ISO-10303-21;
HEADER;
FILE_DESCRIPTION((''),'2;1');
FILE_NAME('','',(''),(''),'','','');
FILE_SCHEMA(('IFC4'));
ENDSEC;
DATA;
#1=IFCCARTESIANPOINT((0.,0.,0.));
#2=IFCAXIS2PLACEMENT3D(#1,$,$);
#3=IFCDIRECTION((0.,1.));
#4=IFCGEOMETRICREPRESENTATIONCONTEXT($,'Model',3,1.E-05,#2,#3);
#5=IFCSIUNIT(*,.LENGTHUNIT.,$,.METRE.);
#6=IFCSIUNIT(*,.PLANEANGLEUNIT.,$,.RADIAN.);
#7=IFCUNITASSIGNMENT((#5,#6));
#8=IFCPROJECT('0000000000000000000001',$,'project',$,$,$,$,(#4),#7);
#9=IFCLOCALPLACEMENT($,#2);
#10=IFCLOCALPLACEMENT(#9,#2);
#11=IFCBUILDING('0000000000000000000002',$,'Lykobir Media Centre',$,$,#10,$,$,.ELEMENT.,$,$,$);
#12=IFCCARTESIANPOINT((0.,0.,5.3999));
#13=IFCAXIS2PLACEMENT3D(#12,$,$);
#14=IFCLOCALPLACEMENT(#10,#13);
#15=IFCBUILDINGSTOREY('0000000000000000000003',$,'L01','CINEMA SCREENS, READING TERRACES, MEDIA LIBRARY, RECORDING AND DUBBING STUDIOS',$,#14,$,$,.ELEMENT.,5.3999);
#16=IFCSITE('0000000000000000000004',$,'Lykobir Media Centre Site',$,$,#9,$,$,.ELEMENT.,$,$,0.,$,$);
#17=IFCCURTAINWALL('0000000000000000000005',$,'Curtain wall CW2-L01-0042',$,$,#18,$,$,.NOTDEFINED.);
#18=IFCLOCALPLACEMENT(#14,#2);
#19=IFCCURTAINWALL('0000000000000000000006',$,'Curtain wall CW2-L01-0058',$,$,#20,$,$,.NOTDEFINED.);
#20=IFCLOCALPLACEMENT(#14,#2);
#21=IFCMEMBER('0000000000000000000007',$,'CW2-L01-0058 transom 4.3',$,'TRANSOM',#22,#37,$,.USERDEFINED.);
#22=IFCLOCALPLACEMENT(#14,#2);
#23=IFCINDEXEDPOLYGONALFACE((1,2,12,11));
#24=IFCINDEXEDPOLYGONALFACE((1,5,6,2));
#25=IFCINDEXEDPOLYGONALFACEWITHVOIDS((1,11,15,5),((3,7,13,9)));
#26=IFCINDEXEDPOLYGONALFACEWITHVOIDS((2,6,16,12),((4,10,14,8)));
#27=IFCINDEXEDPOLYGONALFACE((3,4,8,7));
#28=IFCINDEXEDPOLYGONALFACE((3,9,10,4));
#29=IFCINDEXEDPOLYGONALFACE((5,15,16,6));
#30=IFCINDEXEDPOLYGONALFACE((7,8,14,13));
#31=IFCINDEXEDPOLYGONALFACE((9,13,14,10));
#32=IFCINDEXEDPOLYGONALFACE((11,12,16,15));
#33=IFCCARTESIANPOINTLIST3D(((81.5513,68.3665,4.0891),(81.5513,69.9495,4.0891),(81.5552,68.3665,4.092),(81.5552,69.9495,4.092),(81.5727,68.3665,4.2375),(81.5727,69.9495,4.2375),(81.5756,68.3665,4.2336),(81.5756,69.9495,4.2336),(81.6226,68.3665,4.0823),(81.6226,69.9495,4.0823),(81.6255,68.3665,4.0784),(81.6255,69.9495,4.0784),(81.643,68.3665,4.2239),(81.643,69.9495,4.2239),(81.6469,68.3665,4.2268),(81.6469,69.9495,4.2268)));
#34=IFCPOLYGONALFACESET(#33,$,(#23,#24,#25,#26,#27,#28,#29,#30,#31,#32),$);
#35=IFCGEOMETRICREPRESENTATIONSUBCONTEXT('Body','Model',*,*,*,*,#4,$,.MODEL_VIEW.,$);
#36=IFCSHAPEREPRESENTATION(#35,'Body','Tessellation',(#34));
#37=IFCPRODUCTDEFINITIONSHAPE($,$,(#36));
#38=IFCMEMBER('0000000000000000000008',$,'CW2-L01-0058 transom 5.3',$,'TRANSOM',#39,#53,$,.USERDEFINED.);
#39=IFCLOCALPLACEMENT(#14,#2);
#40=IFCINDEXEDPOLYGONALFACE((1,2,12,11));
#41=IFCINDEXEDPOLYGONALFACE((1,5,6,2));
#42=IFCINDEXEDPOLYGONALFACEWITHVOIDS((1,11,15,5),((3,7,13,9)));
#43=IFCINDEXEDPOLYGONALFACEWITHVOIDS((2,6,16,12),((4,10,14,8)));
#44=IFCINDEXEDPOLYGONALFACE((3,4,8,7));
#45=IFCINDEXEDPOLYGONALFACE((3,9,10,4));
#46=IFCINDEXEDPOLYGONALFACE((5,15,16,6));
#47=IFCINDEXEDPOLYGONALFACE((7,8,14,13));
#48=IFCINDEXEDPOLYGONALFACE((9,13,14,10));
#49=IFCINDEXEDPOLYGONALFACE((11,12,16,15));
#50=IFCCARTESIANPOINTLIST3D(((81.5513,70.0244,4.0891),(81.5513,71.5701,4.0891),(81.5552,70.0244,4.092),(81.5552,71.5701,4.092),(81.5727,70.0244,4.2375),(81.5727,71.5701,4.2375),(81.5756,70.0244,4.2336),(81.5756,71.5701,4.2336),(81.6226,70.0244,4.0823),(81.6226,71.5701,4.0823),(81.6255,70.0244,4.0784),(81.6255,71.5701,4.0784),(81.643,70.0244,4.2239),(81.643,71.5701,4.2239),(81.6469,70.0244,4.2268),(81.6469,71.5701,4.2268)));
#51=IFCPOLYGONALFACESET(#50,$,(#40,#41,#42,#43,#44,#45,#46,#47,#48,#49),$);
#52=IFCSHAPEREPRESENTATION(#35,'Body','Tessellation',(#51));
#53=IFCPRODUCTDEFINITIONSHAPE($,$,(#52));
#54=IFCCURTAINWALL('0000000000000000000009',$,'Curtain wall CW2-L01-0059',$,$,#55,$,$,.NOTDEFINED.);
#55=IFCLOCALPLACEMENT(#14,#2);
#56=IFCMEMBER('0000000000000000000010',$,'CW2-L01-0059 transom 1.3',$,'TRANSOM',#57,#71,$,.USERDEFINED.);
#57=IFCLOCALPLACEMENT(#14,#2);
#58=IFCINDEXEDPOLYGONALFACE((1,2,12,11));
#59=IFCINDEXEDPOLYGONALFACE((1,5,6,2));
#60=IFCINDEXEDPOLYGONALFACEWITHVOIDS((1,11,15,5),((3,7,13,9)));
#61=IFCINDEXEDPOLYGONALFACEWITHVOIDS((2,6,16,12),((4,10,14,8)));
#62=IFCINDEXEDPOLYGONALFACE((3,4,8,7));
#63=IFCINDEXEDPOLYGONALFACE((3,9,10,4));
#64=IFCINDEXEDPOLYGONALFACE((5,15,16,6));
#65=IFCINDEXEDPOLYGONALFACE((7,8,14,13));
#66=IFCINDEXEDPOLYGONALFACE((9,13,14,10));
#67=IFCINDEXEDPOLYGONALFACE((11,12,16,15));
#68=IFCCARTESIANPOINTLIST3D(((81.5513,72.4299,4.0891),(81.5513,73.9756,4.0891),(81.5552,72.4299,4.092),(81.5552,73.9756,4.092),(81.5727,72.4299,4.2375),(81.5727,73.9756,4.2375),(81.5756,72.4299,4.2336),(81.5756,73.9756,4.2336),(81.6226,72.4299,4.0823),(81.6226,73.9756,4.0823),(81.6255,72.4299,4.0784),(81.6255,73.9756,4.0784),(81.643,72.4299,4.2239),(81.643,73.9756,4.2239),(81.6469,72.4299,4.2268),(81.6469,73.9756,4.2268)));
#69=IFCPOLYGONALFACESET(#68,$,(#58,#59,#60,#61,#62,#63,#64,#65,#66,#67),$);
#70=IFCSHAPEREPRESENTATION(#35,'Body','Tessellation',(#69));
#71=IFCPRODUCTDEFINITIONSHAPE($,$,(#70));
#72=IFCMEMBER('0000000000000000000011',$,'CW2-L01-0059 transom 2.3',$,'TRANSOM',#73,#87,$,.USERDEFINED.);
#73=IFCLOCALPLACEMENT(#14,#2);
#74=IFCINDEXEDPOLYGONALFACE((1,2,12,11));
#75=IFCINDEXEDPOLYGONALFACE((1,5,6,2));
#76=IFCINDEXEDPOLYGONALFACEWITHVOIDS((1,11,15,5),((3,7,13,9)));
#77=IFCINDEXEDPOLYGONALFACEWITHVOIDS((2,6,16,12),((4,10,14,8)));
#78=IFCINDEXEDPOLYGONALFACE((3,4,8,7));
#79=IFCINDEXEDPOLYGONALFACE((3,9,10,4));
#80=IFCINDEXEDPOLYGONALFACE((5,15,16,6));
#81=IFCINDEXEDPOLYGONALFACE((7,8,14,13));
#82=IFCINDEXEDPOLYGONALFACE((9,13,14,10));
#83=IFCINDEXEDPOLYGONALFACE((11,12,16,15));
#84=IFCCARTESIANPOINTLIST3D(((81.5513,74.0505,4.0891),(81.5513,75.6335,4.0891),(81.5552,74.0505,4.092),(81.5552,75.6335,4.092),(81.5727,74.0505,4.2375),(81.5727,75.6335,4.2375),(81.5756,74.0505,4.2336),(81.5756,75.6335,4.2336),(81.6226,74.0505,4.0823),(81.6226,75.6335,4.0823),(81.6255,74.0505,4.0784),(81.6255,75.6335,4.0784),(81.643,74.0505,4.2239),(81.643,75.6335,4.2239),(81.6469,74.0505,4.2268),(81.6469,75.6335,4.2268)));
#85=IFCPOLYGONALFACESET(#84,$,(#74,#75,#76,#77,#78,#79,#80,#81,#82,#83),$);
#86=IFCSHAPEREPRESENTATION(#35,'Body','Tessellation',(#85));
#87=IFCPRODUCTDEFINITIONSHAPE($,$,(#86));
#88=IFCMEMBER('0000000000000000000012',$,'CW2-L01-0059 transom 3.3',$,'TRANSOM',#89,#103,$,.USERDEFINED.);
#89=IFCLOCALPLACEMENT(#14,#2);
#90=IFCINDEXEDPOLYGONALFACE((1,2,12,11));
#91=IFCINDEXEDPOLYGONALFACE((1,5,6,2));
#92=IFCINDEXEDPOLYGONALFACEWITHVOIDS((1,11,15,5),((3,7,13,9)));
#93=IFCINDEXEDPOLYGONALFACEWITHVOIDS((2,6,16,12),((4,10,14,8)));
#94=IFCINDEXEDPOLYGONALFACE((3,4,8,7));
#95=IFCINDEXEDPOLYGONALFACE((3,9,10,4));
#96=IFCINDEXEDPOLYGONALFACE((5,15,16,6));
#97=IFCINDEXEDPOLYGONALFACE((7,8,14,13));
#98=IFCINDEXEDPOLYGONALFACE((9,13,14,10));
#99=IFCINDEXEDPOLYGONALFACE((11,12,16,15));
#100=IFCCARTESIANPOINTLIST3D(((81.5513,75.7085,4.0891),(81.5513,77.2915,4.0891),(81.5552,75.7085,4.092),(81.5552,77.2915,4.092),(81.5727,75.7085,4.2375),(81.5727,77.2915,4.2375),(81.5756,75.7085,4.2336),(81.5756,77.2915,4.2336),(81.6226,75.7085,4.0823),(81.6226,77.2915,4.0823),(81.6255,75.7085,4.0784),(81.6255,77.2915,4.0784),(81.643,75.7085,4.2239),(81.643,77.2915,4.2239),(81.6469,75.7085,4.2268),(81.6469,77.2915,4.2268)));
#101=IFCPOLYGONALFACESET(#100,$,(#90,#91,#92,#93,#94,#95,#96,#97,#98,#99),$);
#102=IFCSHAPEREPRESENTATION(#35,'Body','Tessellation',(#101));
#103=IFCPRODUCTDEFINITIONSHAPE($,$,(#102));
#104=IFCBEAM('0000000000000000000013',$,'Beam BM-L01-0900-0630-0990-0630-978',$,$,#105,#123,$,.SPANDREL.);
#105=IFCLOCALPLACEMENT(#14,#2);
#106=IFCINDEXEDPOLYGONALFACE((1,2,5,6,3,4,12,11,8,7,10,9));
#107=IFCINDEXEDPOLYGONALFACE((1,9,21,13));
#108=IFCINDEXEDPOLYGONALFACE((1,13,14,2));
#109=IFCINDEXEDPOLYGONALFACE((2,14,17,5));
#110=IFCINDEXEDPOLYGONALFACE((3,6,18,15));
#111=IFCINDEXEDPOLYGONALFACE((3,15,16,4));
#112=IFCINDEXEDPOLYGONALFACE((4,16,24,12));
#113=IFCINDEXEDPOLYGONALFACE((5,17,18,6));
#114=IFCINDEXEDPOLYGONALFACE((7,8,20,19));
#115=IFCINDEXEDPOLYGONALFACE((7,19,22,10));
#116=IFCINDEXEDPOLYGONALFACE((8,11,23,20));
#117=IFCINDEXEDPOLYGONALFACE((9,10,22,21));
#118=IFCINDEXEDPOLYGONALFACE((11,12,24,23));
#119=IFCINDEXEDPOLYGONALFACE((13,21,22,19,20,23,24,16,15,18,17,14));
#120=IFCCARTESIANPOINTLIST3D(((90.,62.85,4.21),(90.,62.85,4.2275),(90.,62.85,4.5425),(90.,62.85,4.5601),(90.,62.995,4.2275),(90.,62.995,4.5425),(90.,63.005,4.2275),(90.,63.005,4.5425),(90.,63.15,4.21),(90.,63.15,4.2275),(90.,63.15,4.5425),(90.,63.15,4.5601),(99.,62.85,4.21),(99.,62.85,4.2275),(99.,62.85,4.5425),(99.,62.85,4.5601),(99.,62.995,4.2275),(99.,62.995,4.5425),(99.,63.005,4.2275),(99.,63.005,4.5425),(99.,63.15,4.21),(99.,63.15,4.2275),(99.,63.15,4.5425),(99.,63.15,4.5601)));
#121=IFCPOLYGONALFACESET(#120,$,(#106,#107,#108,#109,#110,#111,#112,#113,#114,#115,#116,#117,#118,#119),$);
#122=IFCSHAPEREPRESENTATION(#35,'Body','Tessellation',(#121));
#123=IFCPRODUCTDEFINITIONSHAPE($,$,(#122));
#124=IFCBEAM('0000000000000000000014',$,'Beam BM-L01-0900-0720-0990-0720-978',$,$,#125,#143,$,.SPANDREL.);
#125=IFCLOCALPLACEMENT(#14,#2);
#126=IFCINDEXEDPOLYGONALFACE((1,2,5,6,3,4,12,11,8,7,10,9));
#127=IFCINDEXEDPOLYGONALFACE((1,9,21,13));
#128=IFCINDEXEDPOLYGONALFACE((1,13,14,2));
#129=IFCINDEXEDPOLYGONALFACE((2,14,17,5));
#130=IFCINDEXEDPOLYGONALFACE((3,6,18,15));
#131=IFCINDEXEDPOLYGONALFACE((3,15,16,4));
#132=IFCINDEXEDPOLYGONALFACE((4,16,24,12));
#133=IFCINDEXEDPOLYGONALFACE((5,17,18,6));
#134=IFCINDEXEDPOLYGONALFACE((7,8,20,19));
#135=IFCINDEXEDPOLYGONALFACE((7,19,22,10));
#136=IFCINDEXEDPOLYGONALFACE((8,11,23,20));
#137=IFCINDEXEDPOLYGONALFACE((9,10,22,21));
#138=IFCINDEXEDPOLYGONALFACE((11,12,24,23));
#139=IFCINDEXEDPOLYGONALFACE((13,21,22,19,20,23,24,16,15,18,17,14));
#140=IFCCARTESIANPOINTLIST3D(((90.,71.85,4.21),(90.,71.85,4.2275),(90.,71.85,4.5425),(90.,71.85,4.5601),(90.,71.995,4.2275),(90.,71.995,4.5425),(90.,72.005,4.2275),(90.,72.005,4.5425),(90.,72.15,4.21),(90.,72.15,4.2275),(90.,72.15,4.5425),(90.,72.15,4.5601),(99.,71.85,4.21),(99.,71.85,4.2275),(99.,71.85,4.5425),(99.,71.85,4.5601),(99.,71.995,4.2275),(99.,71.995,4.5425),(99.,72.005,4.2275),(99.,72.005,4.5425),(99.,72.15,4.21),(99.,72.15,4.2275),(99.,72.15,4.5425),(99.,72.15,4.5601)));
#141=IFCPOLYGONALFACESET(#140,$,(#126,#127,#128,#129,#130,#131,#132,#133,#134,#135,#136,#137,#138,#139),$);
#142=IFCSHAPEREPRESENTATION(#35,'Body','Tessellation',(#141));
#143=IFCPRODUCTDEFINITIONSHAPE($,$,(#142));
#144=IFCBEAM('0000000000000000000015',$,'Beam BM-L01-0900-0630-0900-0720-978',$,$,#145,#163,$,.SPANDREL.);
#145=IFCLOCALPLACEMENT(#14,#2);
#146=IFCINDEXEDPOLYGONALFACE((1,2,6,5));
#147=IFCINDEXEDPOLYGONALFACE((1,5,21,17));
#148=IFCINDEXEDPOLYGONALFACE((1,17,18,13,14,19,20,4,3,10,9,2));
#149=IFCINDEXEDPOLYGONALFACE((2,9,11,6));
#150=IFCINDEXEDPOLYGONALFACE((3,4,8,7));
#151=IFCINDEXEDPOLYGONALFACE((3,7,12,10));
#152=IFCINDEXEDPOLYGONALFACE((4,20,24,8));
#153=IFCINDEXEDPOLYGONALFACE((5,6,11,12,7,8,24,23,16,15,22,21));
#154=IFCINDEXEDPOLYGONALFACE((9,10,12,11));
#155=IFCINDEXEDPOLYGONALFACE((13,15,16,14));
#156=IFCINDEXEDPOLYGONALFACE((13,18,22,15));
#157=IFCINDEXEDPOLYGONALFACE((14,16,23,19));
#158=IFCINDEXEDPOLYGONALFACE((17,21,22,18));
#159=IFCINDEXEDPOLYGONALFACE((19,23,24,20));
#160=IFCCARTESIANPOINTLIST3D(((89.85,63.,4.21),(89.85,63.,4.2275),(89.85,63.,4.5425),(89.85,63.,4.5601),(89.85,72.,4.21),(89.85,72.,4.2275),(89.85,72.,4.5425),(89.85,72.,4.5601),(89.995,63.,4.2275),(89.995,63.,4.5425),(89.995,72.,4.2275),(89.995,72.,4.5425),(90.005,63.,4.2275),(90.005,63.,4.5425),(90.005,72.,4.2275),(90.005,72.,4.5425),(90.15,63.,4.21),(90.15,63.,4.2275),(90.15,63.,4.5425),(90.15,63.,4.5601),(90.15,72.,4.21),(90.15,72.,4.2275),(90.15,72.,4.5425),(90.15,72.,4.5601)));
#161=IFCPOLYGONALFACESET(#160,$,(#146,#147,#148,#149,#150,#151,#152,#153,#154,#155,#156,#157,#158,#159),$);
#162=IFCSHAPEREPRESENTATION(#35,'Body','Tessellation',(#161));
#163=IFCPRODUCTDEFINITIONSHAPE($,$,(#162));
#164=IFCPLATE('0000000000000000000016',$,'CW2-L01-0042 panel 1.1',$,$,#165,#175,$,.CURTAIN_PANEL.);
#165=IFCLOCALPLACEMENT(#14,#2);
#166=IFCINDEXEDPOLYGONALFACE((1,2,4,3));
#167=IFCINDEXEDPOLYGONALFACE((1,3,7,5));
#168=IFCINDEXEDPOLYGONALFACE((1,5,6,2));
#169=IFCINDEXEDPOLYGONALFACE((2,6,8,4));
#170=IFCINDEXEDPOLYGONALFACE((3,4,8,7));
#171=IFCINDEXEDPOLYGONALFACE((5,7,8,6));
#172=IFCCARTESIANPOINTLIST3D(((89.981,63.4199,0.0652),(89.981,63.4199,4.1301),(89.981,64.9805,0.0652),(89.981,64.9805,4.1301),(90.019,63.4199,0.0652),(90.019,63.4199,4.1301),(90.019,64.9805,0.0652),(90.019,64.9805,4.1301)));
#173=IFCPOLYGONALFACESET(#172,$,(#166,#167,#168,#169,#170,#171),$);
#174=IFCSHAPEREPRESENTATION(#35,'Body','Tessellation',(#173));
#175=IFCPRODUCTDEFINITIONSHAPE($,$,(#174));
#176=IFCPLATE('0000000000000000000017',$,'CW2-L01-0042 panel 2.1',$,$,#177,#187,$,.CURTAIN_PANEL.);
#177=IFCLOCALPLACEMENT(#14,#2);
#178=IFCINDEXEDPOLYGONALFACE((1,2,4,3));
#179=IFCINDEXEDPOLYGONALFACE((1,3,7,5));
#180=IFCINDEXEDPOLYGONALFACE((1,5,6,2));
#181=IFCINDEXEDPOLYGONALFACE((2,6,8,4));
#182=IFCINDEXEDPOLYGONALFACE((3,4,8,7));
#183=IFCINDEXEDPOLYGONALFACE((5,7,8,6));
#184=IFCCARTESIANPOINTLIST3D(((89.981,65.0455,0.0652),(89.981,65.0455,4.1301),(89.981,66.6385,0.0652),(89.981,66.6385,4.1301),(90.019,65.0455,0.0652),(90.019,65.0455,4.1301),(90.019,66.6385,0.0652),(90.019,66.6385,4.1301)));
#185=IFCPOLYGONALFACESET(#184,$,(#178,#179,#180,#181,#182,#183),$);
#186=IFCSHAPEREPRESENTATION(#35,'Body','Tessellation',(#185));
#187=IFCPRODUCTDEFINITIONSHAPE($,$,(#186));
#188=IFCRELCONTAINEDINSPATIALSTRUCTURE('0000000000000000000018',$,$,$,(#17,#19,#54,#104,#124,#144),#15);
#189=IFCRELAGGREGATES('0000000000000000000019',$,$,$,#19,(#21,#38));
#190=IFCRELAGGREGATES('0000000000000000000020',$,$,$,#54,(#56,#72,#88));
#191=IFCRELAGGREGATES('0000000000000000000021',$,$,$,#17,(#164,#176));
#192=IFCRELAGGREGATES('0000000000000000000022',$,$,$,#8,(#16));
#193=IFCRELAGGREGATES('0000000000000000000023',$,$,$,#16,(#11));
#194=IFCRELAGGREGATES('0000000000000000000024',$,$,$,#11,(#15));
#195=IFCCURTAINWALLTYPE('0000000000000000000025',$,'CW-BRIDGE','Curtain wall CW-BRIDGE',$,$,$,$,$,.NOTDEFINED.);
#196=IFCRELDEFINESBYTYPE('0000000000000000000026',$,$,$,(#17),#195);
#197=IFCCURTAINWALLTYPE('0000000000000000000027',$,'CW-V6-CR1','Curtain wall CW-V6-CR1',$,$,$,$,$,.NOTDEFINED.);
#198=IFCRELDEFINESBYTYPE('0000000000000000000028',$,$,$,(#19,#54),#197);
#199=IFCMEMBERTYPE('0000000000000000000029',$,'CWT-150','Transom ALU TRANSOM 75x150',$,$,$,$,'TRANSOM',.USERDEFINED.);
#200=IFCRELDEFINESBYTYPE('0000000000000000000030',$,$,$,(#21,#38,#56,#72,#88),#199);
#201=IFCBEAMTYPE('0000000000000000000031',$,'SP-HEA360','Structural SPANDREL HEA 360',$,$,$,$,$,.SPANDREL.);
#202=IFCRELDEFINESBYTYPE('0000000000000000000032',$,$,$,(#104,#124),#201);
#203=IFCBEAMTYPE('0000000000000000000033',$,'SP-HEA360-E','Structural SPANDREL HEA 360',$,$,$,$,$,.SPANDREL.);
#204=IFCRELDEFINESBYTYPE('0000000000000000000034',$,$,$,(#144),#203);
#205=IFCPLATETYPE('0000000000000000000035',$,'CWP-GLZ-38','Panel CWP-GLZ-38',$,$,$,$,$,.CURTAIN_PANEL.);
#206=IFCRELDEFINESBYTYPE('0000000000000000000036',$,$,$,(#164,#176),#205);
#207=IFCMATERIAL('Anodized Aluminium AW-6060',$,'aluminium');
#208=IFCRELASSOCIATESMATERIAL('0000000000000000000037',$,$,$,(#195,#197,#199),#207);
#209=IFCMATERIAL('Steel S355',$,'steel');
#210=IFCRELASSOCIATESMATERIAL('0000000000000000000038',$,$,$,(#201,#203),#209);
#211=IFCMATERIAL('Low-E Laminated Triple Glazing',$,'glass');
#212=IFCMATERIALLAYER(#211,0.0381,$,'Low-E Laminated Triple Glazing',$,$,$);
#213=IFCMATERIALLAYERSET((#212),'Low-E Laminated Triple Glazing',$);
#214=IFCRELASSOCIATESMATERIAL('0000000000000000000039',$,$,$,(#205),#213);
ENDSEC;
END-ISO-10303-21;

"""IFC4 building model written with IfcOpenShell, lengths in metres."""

from ifc_helpers import new_model, si_unit, direction, frame, origin, origin_2d, place, context, subcontext, project, spatial, rectangle, hollow_rectangle, i_section, extrude, material, layer, layer_set, material_profile, profile_set, type_object, element, aggregate, save


model = new_model("IFC4")

# Units and contexts
model_context = context("Model", 3, precision=1e-05, world=origin(), true_north=direction((0.0, 1.0)))
body_context = subcontext(model_context, "Body", "Model", "MODEL_VIEW")
ifc_project = project(units=[si_unit("LENGTHUNIT", "METRE"), si_unit("PLANEANGLEUNIT", "RADIAN")], contexts=[model_context])

# Site, building, storey
site_placement = place(None, origin())
site = spatial("IfcSite", under=ifc_project, at=site_placement, Name="Lykobir Media Centre Site", CompositionType="ELEMENT", RefElevation=0.0)
building_placement = place(site_placement, origin())
building = spatial("IfcBuilding", under=site, at=building_placement, Name="Lykobir Media Centre", CompositionType="ELEMENT")
storey_placement = place(building_placement, frame((0.0, 0.0, 5.3999)))
storey = spatial("IfcBuildingStorey", under=building, at=storey_placement, Name="L01", Description="CINEMA SCREENS, READING TERRACES, MEDIA LIBRARY, RECORDING AND DUBBING STUDIOS", CompositionType="ELEMENT", Elevation=5.3999)

# Shared definitions
ifc_material_1 = material(Name="Anodized Aluminium AW-6060", Category="aluminium")
curtain_wall_type_1 = type_object("IfcCurtainWallType", Name="CW-BRIDGE", Description="Curtain wall CW-BRIDGE", PredefinedType="NOTDEFINED", material=ifc_material_1)

# Curtain walls, members
curtain_wall_1_placement = place(storey_placement, origin())
curtain_wall_1 = element("IfcCurtainWall", 1, at=curtain_wall_1_placement, inside=storey, type_object=curtain_wall_type_1, Name="Curtain wall CW2-L01-0042", PredefinedType="NOTDEFINED")
curtain_wall_type_2 = type_object("IfcCurtainWallType", Name="CW-V6-CR1", Description="Curtain wall CW-V6-CR1", PredefinedType="NOTDEFINED", material=ifc_material_1)
curtain_wall_2_placement = place(storey_placement, origin())
curtain_wall_2 = element("IfcCurtainWall", 2, at=curtain_wall_2_placement, inside=storey, type_object=curtain_wall_type_2, Name="Curtain wall CW2-L01-0058", PredefinedType="NOTDEFINED")
ifc_material_profile_1 = material_profile(ifc_material_1, hollow_rectangle(XDim=0.075, YDim=0.1499, WallThickness=0.0034, at=origin_2d()), Name="ALU TRANSOM 75x150")
ifc_profile_set_1 = profile_set([ifc_material_profile_1], Name="Anodized Aluminium AW-6060")
member_type_1 = type_object("IfcMemberType", Name="CWT-150", Description="Transom ALU TRANSOM 75x150", ElementType="TRANSOM", PredefinedType="USERDEFINED", material=ifc_profile_set_1)
member_1_placement = place(storey_placement, frame((81.5991, 68.3665, 4.158), z_axis=(0.0, 1.0, 0.0), x_axis=(-0.989776, 0.0, 0.142629)))
member_1 = element("IfcMember", 3, at=member_1_placement, type_object=member_type_1, Name="CW2-L01-0058 transom 4.3", ObjectType="TRANSOM", PredefinedType="USERDEFINED", context=body_context, shape_type="SweptSolid", body=[
    extrude(hollow_rectangle(XDim=0.075, YDim=0.1499, WallThickness=0.0034, at=origin_2d()), origin(), (0.0, 0.0, 1.0), 1.583),
])
member_2_placement = place(storey_placement, frame((81.5991, 70.0244, 4.158), z_axis=(0.0, 1.0, 0.0), x_axis=(-0.989776, 0.0, 0.142629)))
member_2 = element("IfcMember", 4, at=member_2_placement, type_object=member_type_1, Name="CW2-L01-0058 transom 5.3", ObjectType="TRANSOM", PredefinedType="USERDEFINED", context=body_context, shape_type="SweptSolid", body=[
    extrude(hollow_rectangle(XDim=0.075, YDim=0.1499, WallThickness=0.0034, at=origin_2d()), origin(), (0.0, 0.0, 1.0), 1.5457),
])
aggregate(curtain_wall_2, [member_1, member_2])
curtain_wall_3_placement = place(storey_placement, origin())
curtain_wall_3 = element("IfcCurtainWall", 5, at=curtain_wall_3_placement, inside=storey, type_object=curtain_wall_type_2, Name="Curtain wall CW2-L01-0059", PredefinedType="NOTDEFINED")
member_3_placement = place(storey_placement, frame((81.5991, 72.4299, 4.158), z_axis=(0.0, 1.0, 0.0), x_axis=(-0.989776, 0.0, 0.142629)))
member_3 = element("IfcMember", 6, at=member_3_placement, type_object=member_type_1, Name="CW2-L01-0059 transom 1.3", ObjectType="TRANSOM", PredefinedType="USERDEFINED", context=body_context, shape_type="SweptSolid", body=[
    extrude(hollow_rectangle(XDim=0.075, YDim=0.1499, WallThickness=0.0034, at=origin_2d()), origin(), (0.0, 0.0, 1.0), 1.5457),
])
member_4_placement = place(storey_placement, frame((81.5991, 74.0505, 4.158), z_axis=(0.0, 1.0, 0.0), x_axis=(-0.989776, 0.0, 0.142629)))
member_4 = element("IfcMember", 7, at=member_4_placement, type_object=member_type_1, Name="CW2-L01-0059 transom 2.3", ObjectType="TRANSOM", PredefinedType="USERDEFINED", context=body_context, shape_type="SweptSolid", body=[
    extrude(hollow_rectangle(XDim=0.075, YDim=0.1499, WallThickness=0.0034, at=origin_2d()), origin(), (0.0, 0.0, 1.0), 1.583),
])
member_5_placement = place(storey_placement, frame((81.5991, 75.7085, 4.158), z_axis=(0.0, 1.0, 0.0), x_axis=(-0.989776, 0.0, 0.142629)))
member_5 = element("IfcMember", 8, at=member_5_placement, type_object=member_type_1, Name="CW2-L01-0059 transom 3.3", ObjectType="TRANSOM", PredefinedType="USERDEFINED", context=body_context, shape_type="SweptSolid", body=[
    extrude(hollow_rectangle(XDim=0.075, YDim=0.1499, WallThickness=0.0034, at=origin_2d()), origin(), (0.0, 0.0, 1.0), 1.583),
])
aggregate(curtain_wall_3, [member_3, member_4, member_5])

# Beams
ifc_material_2 = material(Name="Steel S355", Category="steel")
ifc_material_profile_2 = material_profile(ifc_material_2, i_section(OverallWidth=0.3, OverallDepth=0.3501, WebThickness=0.01, FlangeThickness=0.0176, at=origin_2d()), Name="HEA 360")
ifc_profile_set_2 = profile_set([ifc_material_profile_2], Name="Steel S355")
beam_type_1 = type_object("IfcBeamType", Name="SP-HEA360", Description="Structural SPANDREL HEA 360", PredefinedType="SPANDREL", material=ifc_profile_set_2)
for number, where, z_axis, x_axis, name in (
    (9, (90.0, 63.0, 4.385), (1.0, 0.0, 0.0), (0.0, 1.0, 0.0), "Beam BM-L01-0900-0630-0990-0630-978"),
    (10, (90.0, 72.0, 4.385), (1.0, 0.0, 0.0), (0.0, 1.0, 0.0), "Beam BM-L01-0900-0720-0990-0720-978"),
):
    element("IfcBeam", number, at=place(storey_placement, frame(where, z_axis=z_axis, x_axis=x_axis)), inside=storey, type_object=beam_type_1, Name=name, PredefinedType="SPANDREL", context=body_context, shape_type="SweptSolid", body=[
        extrude(i_section(OverallWidth=0.3, OverallDepth=0.3501, WebThickness=0.01, FlangeThickness=0.0176, at=origin_2d()), origin(), (0.0, 0.0, 1.0), 9.0),
    ])
ifc_material_profile_3 = material_profile(ifc_material_2, i_section(OverallWidth=0.3, OverallDepth=0.3501, WebThickness=0.01, FlangeThickness=0.0176, at=origin_2d()), Name="HEA 360")
ifc_profile_set_3 = profile_set([ifc_material_profile_3], Name="Steel S355")
beam_type_2 = type_object("IfcBeamType", Name="SP-HEA360-E", Description="Structural SPANDREL HEA 360", PredefinedType="SPANDREL", material=ifc_profile_set_3)
beam_placement = place(storey_placement, frame((90.0, 63.0, 4.385), z_axis=(0.0, 1.0, 0.0), x_axis=(-1.0, 0.0, 0.0)))
element("IfcBeam", 11, at=beam_placement, inside=storey, type_object=beam_type_2, Name="Beam BM-L01-0900-0630-0900-0720-978", PredefinedType="SPANDREL", context=body_context, shape_type="SweptSolid", body=[
    extrude(i_section(OverallWidth=0.3, OverallDepth=0.3501, WebThickness=0.01, FlangeThickness=0.0176, at=origin_2d()), origin(), (0.0, 0.0, 1.0), 9.0),
])

# Plates
ifc_material_3 = material(Name="Low-E Laminated Triple Glazing", Category="glass")
ifc_layer_1 = layer(ifc_material_3, 0.0381, Name="Low-E Laminated Triple Glazing")
ifc_layer_set_1 = layer_set([ifc_layer_1], Name="Low-E Laminated Triple Glazing")
plate_type = type_object("IfcPlateType", Name="CWP-GLZ-38", Description="Panel CWP-GLZ-38", PredefinedType="CURTAIN_PANEL", material=ifc_layer_set_1)
plate_1_placement = place(storey_placement, frame((90.0, 64.2002, 0.0652), z_axis=(0.0, 0.0, 1.0), x_axis=(0.0, 1.0, 0.0)))
plate_1 = element("IfcPlate", 12, at=plate_1_placement, type_object=plate_type, Name="CW2-L01-0042 panel 1.1", PredefinedType="CURTAIN_PANEL", context=body_context, shape_type="SweptSolid", body=[
    extrude(rectangle(XDim=1.5605, YDim=0.0381, at=origin_2d()), origin(), (0.0, 0.0, 1.0), 4.0649),
])
plate_2_placement = place(storey_placement, frame((90.0, 65.842, 0.0652), z_axis=(0.0, 0.0, 1.0), x_axis=(0.0, 1.0, 0.0)))
plate_2 = element("IfcPlate", 13, at=plate_2_placement, type_object=plate_type, Name="CW2-L01-0042 panel 2.1", PredefinedType="CURTAIN_PANEL", context=body_context, shape_type="SweptSolid", body=[
    extrude(rectangle(XDim=1.593, YDim=0.0381, at=origin_2d()), origin(), (0.0, 0.0, 1.0), 4.0649),
])
aggregate(curtain_wall_1, [plate_1, plate_2])

save(model, "model.ifc")
